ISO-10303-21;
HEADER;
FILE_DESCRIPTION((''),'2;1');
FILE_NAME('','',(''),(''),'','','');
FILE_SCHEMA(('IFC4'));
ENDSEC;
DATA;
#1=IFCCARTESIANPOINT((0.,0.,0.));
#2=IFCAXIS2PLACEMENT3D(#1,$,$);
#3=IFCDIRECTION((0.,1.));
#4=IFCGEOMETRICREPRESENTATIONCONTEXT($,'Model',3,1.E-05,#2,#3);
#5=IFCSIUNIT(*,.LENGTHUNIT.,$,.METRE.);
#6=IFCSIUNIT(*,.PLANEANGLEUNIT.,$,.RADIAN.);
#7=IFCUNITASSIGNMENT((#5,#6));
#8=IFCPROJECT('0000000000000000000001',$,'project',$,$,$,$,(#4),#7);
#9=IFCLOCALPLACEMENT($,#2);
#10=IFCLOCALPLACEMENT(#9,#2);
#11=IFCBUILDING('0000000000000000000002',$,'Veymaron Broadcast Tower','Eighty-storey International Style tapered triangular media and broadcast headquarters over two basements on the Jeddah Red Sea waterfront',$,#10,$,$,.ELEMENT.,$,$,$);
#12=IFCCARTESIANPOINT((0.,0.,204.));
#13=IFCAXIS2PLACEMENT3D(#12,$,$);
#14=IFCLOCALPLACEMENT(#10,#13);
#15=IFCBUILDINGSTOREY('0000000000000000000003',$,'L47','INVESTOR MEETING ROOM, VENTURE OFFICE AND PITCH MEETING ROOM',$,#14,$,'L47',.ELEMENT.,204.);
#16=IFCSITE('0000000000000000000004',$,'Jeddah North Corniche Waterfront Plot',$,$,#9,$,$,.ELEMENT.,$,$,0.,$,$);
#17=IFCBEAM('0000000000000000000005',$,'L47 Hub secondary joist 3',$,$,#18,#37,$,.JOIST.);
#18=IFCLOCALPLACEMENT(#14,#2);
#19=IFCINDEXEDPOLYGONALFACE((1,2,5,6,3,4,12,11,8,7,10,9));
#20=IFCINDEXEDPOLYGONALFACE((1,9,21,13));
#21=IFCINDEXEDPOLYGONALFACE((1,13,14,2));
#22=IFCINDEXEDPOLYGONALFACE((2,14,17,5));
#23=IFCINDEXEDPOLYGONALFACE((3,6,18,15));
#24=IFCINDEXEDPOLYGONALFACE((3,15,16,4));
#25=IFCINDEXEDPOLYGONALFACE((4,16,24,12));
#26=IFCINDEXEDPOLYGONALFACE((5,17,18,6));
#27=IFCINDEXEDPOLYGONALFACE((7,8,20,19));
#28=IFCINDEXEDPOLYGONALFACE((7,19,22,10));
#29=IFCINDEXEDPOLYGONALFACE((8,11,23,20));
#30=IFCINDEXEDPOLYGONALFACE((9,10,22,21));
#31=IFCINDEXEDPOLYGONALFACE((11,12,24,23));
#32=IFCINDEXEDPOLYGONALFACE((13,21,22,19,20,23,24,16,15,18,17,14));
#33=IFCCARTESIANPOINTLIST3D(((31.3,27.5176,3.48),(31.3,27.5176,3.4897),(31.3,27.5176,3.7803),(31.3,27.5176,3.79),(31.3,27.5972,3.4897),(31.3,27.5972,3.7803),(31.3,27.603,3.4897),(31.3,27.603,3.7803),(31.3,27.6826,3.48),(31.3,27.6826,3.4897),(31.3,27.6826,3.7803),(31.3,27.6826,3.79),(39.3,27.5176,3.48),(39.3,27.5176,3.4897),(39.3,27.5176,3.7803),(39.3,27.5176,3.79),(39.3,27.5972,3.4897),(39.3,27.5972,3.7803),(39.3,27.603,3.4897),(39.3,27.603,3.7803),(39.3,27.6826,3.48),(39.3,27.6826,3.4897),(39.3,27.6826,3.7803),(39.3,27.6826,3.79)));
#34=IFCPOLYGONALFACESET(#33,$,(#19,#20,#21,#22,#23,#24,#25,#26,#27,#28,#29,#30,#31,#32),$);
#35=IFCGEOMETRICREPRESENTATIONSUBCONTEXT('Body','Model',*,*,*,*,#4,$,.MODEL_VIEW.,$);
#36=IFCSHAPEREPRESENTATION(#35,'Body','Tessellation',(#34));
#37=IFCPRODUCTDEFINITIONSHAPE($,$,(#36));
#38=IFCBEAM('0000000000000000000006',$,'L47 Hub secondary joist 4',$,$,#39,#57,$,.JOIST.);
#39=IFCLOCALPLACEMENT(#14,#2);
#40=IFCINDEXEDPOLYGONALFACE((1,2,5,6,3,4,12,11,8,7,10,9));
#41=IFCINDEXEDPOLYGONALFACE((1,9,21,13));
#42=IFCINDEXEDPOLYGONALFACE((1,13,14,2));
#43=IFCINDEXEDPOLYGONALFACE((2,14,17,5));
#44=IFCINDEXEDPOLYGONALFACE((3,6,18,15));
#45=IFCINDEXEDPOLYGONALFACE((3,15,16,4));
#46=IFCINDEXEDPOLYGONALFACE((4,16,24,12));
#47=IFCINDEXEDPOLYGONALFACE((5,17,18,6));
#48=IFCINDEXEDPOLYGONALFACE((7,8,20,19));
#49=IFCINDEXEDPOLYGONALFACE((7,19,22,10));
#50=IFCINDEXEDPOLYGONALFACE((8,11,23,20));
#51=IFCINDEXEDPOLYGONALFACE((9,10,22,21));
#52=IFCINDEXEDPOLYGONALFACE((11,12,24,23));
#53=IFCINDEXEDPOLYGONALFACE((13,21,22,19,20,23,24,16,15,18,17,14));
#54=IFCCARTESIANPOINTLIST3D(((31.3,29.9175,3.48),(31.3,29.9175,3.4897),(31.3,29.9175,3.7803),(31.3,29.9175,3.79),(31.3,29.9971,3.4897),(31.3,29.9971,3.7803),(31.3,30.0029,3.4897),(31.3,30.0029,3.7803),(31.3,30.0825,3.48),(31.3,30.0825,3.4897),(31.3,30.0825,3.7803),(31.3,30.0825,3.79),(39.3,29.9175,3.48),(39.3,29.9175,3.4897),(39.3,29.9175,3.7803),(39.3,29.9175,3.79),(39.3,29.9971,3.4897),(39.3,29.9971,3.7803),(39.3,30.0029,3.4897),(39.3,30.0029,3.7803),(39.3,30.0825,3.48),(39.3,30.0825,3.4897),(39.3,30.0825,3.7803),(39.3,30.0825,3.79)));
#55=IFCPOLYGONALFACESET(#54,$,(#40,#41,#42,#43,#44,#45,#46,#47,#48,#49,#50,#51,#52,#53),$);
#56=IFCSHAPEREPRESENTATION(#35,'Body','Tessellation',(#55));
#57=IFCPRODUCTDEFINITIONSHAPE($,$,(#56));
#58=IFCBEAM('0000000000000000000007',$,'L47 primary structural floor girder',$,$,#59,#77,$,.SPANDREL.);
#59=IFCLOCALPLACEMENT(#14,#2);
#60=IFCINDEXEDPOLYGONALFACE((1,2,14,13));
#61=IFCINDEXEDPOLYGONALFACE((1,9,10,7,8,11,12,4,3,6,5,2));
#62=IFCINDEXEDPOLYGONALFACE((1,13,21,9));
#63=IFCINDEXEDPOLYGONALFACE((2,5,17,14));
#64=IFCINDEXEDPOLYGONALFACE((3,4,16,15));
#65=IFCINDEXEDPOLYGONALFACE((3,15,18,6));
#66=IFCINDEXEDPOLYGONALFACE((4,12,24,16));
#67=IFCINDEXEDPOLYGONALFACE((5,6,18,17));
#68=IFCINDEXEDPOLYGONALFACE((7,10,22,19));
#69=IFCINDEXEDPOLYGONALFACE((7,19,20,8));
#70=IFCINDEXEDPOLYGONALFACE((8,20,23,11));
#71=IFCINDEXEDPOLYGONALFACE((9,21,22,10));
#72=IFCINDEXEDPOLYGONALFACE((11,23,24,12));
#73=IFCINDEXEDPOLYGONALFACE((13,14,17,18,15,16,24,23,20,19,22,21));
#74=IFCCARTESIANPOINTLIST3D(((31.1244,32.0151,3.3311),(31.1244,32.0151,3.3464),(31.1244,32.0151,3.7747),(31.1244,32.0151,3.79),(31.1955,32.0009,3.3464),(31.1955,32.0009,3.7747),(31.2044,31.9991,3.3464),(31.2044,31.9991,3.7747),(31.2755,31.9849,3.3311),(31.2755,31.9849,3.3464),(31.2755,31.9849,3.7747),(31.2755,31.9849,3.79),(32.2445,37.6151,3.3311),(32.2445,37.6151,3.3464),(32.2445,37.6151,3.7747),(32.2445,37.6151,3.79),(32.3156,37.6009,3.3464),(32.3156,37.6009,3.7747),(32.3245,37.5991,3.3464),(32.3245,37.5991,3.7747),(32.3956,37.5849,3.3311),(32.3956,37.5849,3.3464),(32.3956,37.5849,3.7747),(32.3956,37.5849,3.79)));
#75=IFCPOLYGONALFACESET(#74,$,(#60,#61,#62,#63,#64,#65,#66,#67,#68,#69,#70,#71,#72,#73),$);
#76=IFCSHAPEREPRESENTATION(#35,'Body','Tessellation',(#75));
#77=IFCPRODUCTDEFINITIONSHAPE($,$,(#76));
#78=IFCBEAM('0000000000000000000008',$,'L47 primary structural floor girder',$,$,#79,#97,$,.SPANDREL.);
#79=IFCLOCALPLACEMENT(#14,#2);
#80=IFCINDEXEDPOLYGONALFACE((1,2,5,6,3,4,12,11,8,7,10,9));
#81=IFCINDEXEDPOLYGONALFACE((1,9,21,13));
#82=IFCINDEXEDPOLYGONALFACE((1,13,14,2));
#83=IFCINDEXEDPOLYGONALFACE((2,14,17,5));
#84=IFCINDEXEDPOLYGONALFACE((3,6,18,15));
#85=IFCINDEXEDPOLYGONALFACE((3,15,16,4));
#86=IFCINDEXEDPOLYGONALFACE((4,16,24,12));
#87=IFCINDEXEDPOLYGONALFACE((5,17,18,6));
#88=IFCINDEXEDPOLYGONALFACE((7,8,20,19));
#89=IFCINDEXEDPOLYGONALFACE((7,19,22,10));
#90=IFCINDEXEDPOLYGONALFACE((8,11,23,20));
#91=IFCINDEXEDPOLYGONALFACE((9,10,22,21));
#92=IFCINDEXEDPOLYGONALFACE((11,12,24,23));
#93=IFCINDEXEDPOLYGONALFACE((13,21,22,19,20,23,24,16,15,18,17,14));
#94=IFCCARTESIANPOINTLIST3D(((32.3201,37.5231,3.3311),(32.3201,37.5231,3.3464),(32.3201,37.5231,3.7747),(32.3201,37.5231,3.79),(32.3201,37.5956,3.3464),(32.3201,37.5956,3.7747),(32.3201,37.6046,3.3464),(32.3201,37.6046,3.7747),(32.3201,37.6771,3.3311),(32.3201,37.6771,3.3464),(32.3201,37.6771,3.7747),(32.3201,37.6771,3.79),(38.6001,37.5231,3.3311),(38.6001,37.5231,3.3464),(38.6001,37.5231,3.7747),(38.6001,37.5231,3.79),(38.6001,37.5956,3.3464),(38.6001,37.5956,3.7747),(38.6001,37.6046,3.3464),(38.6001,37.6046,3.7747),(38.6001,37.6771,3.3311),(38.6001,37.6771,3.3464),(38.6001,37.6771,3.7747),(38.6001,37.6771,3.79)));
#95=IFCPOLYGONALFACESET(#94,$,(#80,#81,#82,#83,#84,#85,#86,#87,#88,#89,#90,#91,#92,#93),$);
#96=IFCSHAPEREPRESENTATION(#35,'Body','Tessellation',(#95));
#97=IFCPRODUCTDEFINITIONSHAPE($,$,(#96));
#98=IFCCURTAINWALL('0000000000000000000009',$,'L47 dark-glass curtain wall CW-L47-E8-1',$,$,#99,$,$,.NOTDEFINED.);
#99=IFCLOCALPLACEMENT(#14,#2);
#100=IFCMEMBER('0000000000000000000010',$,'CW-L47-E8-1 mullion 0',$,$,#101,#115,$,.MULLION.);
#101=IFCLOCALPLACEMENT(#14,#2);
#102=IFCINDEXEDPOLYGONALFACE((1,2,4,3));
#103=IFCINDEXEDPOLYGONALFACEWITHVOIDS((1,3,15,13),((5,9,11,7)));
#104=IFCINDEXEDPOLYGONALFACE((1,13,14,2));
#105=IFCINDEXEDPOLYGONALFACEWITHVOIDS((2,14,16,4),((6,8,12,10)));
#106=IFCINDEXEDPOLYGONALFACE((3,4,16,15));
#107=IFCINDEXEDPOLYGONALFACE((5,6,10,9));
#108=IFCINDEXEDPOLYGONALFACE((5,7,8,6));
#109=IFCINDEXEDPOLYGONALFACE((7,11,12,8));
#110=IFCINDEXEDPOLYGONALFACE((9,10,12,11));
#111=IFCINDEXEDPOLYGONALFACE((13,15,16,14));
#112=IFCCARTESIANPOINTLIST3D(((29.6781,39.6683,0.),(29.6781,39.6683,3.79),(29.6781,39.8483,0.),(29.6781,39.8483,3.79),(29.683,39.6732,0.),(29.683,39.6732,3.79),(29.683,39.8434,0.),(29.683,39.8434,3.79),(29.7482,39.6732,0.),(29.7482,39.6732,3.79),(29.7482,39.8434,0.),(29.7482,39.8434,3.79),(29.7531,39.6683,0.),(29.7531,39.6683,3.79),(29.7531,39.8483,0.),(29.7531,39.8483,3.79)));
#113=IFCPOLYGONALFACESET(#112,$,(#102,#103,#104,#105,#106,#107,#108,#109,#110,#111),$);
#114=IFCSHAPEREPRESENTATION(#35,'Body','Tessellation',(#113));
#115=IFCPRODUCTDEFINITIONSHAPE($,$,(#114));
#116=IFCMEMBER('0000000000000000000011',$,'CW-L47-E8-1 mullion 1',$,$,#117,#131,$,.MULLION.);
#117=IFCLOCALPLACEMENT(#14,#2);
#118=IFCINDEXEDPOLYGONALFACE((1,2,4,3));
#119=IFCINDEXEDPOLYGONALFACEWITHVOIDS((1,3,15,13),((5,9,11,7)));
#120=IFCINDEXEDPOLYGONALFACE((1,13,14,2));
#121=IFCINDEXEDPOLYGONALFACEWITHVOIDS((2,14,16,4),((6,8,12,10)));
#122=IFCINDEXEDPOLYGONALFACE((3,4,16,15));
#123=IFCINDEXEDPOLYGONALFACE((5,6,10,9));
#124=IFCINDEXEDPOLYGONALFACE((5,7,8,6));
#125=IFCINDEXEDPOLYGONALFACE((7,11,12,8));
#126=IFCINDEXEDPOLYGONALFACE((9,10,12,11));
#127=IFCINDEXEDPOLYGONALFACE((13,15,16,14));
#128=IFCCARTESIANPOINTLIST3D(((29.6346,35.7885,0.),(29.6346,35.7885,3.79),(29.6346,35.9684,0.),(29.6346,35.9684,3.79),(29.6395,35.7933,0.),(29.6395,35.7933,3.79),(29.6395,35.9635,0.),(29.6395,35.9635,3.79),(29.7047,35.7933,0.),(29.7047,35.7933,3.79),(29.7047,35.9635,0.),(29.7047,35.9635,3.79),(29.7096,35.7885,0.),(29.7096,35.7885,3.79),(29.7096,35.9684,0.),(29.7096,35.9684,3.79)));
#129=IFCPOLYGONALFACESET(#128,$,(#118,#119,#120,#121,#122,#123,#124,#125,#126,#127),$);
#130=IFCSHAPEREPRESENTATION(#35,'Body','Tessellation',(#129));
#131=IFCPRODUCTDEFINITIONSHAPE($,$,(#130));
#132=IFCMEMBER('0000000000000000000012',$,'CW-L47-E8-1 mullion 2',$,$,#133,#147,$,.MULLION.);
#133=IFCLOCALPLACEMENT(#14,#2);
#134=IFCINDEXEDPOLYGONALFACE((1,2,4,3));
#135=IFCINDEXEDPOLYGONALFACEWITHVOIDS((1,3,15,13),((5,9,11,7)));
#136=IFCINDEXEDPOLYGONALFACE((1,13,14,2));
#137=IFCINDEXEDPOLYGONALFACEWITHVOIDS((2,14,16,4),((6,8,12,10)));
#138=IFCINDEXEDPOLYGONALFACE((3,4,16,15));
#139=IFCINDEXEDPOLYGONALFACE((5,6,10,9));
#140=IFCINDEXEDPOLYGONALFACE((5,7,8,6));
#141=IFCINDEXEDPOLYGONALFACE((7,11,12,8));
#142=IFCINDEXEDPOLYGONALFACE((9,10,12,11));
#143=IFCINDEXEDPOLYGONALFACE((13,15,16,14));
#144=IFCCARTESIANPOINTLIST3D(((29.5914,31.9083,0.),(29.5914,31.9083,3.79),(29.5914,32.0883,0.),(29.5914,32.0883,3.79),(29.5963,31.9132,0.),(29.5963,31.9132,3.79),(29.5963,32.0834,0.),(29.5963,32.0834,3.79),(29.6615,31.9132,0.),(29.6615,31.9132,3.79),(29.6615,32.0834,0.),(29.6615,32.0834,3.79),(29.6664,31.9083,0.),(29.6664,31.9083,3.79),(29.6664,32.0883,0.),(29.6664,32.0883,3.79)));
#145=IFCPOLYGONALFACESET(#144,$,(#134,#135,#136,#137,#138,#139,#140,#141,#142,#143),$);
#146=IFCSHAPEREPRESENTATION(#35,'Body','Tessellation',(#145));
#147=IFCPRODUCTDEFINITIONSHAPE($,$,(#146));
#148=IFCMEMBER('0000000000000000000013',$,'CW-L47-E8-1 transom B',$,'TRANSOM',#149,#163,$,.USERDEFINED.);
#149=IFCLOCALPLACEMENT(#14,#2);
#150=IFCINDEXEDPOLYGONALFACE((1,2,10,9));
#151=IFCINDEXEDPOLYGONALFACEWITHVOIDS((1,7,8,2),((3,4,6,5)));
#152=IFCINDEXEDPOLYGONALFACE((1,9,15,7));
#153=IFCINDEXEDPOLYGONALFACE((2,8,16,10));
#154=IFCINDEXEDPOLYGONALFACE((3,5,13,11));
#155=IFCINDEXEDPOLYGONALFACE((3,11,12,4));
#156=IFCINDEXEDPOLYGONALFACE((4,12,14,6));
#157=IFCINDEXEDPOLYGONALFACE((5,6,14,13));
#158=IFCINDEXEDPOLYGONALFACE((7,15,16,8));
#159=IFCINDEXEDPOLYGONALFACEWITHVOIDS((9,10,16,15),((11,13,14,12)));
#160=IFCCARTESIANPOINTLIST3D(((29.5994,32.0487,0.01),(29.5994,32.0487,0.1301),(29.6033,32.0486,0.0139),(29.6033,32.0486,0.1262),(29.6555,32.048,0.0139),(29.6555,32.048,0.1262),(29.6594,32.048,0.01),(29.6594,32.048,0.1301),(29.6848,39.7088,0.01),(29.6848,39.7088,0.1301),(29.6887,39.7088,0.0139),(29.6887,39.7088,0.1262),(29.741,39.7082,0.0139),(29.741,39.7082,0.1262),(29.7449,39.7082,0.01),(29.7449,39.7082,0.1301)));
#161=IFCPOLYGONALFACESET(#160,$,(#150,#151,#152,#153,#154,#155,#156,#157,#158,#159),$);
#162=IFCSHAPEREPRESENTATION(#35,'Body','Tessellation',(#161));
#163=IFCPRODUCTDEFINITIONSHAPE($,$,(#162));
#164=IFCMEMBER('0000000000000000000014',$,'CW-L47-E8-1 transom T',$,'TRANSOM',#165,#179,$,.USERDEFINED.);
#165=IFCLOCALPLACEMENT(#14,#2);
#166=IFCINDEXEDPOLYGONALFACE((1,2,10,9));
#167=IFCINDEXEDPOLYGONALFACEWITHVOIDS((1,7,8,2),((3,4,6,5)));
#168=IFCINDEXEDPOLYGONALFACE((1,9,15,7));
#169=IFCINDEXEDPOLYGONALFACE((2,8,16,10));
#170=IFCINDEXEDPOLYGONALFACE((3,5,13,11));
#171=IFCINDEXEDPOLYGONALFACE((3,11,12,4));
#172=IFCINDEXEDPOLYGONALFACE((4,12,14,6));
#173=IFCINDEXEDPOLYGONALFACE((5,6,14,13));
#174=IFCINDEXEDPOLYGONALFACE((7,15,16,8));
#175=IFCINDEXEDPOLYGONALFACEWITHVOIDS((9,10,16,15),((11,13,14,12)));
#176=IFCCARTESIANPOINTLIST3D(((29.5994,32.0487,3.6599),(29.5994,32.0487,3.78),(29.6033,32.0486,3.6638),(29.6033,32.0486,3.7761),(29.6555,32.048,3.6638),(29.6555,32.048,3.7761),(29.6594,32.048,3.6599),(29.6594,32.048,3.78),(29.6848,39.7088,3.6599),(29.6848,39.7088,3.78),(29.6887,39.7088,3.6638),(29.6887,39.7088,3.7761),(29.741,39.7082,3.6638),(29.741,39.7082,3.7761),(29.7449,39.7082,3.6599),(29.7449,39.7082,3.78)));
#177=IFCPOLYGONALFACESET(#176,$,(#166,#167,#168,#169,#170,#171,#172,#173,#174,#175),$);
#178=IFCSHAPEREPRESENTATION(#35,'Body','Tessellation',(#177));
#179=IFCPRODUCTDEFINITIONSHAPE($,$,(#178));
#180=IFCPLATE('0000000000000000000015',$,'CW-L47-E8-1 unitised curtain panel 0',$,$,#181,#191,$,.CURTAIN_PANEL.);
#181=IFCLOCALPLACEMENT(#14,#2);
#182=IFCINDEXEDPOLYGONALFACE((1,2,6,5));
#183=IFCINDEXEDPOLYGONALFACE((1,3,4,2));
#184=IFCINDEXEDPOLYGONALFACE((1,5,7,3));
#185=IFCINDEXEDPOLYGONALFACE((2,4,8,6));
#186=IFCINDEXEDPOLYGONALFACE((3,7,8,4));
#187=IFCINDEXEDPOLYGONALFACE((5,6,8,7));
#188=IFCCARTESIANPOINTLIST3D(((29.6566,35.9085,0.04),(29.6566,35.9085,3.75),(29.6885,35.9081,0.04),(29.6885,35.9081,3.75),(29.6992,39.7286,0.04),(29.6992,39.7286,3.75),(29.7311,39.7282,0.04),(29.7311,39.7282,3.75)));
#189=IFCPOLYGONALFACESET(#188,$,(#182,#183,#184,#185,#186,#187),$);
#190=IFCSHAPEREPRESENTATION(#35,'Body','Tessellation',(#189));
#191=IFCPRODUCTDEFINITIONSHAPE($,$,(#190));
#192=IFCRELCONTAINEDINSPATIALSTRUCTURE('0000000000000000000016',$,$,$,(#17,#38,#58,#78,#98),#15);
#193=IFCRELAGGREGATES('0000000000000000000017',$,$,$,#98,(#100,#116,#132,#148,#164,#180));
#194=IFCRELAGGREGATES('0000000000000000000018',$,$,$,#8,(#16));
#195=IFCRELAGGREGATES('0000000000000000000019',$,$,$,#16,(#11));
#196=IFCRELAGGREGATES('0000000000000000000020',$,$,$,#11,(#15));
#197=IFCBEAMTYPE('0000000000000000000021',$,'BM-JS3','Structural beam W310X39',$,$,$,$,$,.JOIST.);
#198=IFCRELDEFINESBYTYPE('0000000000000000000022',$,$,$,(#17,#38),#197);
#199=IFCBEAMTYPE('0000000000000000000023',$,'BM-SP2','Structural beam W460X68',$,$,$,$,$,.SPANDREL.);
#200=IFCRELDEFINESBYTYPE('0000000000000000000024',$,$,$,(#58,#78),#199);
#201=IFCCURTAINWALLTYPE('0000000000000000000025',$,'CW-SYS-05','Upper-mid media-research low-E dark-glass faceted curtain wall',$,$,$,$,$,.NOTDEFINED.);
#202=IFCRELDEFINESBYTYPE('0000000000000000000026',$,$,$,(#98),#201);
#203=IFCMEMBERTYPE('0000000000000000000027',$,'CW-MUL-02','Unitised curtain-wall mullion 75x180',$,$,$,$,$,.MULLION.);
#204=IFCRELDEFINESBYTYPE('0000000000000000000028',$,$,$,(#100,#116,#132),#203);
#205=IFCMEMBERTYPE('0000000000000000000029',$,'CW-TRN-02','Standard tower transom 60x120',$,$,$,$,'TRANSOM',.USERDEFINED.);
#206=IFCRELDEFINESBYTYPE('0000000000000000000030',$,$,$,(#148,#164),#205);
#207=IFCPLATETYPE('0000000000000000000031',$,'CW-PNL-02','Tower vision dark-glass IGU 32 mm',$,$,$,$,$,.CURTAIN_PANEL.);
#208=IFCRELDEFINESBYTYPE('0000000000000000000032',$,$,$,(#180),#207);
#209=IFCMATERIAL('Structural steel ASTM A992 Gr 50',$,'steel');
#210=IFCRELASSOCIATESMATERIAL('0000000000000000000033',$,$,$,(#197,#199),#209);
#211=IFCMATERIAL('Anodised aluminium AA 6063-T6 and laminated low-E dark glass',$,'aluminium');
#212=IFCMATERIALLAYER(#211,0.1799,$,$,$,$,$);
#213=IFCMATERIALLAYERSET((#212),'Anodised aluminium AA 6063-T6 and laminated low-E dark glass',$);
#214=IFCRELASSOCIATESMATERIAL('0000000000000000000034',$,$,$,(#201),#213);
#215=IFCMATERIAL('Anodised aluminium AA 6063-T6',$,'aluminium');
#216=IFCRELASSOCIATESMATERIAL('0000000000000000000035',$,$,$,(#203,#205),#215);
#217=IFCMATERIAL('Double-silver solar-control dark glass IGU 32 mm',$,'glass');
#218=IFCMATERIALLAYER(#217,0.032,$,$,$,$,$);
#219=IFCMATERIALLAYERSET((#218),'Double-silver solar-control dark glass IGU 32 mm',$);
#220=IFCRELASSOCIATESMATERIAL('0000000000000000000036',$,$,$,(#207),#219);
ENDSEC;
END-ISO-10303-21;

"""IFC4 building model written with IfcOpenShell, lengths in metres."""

from ifc_helpers import new_model, si_unit, direction, frame, origin, origin_2d, place, context, subcontext, project, spatial, rectangle, hollow_rectangle, i_section, extrude, material, layer, layer_set, material_profile, profile_set, type_object, element, aggregate, save


model = new_model("IFC4")

# Units and contexts
model_context = context("Model", 3, precision=1e-05, world=origin(), true_north=direction((0.0, 1.0)))
body_context = subcontext(model_context, "Body", "Model", "MODEL_VIEW")
ifc_project = project(units=[si_unit("LENGTHUNIT", "METRE"), si_unit("PLANEANGLEUNIT", "RADIAN")], contexts=[model_context])

# Site, building, storey
site_placement = place(None, origin())
site = spatial("IfcSite", under=ifc_project, at=site_placement, Name="Jeddah North Corniche Waterfront Plot", CompositionType="ELEMENT", RefElevation=0.0)
building_placement = place(site_placement, origin())
building = spatial("IfcBuilding", under=site, at=building_placement, Name="Veymaron Broadcast Tower", Description="Eighty-storey International Style tapered triangular media and broadcast headquarters over two basements on the Jeddah Red Sea waterfront", CompositionType="ELEMENT")
storey_placement = place(building_placement, frame((0.0, 0.0, 204.0)))
storey = spatial("IfcBuildingStorey", under=building, at=storey_placement, Name="L47", Description="INVESTOR MEETING ROOM, VENTURE OFFICE AND PITCH MEETING ROOM", LongName="L47", CompositionType="ELEMENT", Elevation=204.0)

# Shared definitions
ifc_material_1 = material(Name="Structural steel ASTM A992 Gr 50", Category="steel")

# Beams
ifc_material_profile_1 = material_profile(ifc_material_1, i_section(OverallWidth=0.165, OverallDepth=0.3101, WebThickness=0.0059, FlangeThickness=0.0098, at=origin_2d()), Name="W310X39")
ifc_profile_set_1 = profile_set([ifc_material_profile_1], Name="Structural steel ASTM A992 Gr 50")
beam_type_1 = type_object("IfcBeamType", Name="BM-JS3", Description="Structural beam W310X39", PredefinedType="JOIST", material=ifc_profile_set_1)
for number, where, z_axis, x_axis, name in (
    (1, (31.3, 27.6001, 3.635), (1.0, 0.0, 0.0), (0.0, 1.0, 0.0), "L47 Hub secondary joist 3"),
    (2, (31.3, 30.0, 3.635), (1.0, 0.0, 0.0), (0.0, 1.0, 0.0), "L47 Hub secondary joist 4"),
):
    element("IfcBeam", number, at=place(storey_placement, frame(where, z_axis=z_axis, x_axis=x_axis)), inside=storey, type_object=beam_type_1, Name=name, PredefinedType="JOIST", context=body_context, shape_type="SweptSolid", body=[
        extrude(i_section(OverallWidth=0.165, OverallDepth=0.3101, WebThickness=0.0059, FlangeThickness=0.0098, at=origin_2d()), origin(), (0.0, 0.0, 1.0), 8.0),
    ])
ifc_material_profile_2 = material_profile(ifc_material_1, i_section(OverallWidth=0.1541, OverallDepth=0.459, WebThickness=0.009, FlangeThickness=0.0154, at=origin_2d()), Name="W460X68")
ifc_profile_set_2 = profile_set([ifc_material_profile_2], Name="Structural steel ASTM A992 Gr 50")
beam_type_2 = type_object("IfcBeamType", Name="BM-SP2", Description="Structural beam W460X68", PredefinedType="SPANDREL", material=ifc_profile_set_2)
beam_1_placement = place(storey_placement, frame((31.2, 32.0, 3.5605), z_axis=(0.196133, 0.980577, 0.0), x_axis=(-0.980577, 0.196133, 0.0)))
element("IfcBeam", 3, at=beam_1_placement, inside=storey, type_object=beam_type_2, Name="L47 primary structural floor girder", PredefinedType="SPANDREL", context=body_context, shape_type="SweptSolid", body=[
    extrude(i_section(OverallWidth=0.1541, OverallDepth=0.459, WebThickness=0.009, FlangeThickness=0.0154, at=origin_2d()), origin(), (0.0, 0.0, 1.0), 5.7109),
])
beam_2_placement = place(storey_placement, frame((32.3201, 37.6001, 3.5605), z_axis=(1.0, 0.0, 0.0), x_axis=(0.0, 1.0, 0.0)))
element("IfcBeam", 4, at=beam_2_placement, inside=storey, type_object=beam_type_2, Name="L47 primary structural floor girder", PredefinedType="SPANDREL", context=body_context, shape_type="SweptSolid", body=[
    extrude(i_section(OverallWidth=0.1541, OverallDepth=0.459, WebThickness=0.009, FlangeThickness=0.0154, at=origin_2d()), origin(), (0.0, 0.0, 1.0), 6.28),
])

# Curtain wall, members, plate
ifc_material_2 = material(Name="Anodised aluminium AA 6063-T6 and laminated low-E dark glass", Category="aluminium")
ifc_layer_1 = layer(ifc_material_2, 0.1799)
ifc_layer_set_1 = layer_set([ifc_layer_1], Name="Anodised aluminium AA 6063-T6 and laminated low-E dark glass")
curtain_wall_type = type_object("IfcCurtainWallType", Name="CW-SYS-05", Description="Upper-mid media-research low-E dark-glass faceted curtain wall", PredefinedType="NOTDEFINED", material=ifc_layer_set_1)
curtain_wall_placement = place(storey_placement, origin())
curtain_wall = element("IfcCurtainWall", 5, at=curtain_wall_placement, inside=storey, type_object=curtain_wall_type, Name="L47 dark-glass curtain wall CW-L47-E8-1", PredefinedType="NOTDEFINED")
ifc_material_3 = material(Name="Anodised aluminium AA 6063-T6", Category="aluminium")
ifc_material_profile_3 = material_profile(ifc_material_3, hollow_rectangle(XDim=0.075, YDim=0.1799, WallThickness=0.0049, at=origin_2d()), Name="AL180X75X5")
ifc_profile_set_3 = profile_set([ifc_material_profile_3], Name="Anodised aluminium AA 6063-T6")
member_type_1 = type_object("IfcMemberType", Name="CW-MUL-02", Description="Unitised curtain-wall mullion 75x180", PredefinedType="MULLION", material=ifc_profile_set_3)
member_1_placement = place(storey_placement, frame((29.7156, 39.7583, 0.0), z_axis=(0.0, 0.0, 1.0), x_axis=(1.0, 0.0, 0.0)))
member_1 = element("IfcMember", 6, at=member_1_placement, type_object=member_type_1, Name="CW-L47-E8-1 mullion 0", PredefinedType="MULLION", context=body_context, shape_type="SweptSolid", body=[
    extrude(hollow_rectangle(XDim=0.075, YDim=0.1799, WallThickness=0.0049, at=origin_2d()), origin(), (0.0, 0.0, 1.0), 3.79),
])
member_2_placement = place(storey_placement, frame((29.6721, 35.8784, 0.0), z_axis=(0.0, 0.0, 1.0), x_axis=(1.0, 0.0, 0.0)))
member_2 = element("IfcMember", 7, at=member_2_placement, type_object=member_type_1, Name="CW-L47-E8-1 mullion 1", PredefinedType="MULLION", context=body_context, shape_type="SweptSolid", body=[
    extrude(hollow_rectangle(XDim=0.075, YDim=0.1799, WallThickness=0.0049, at=origin_2d()), origin(), (0.0, 0.0, 1.0), 3.79),
])
member_3_placement = place(storey_placement, frame((29.6289, 31.9983, 0.0), z_axis=(0.0, 0.0, 1.0), x_axis=(1.0, 0.0, 0.0)))
member_3 = element("IfcMember", 8, at=member_3_placement, type_object=member_type_1, Name="CW-L47-E8-1 mullion 2", PredefinedType="MULLION", context=body_context, shape_type="SweptSolid", body=[
    extrude(hollow_rectangle(XDim=0.075, YDim=0.1799, WallThickness=0.0049, at=origin_2d()), origin(), (0.0, 0.0, 1.0), 3.79),
])
ifc_material_profile_4 = material_profile(ifc_material_3, hollow_rectangle(XDim=0.0601, YDim=0.1201, WallThickness=0.0039, at=origin_2d()), Name="AL120X60X4")
ifc_profile_set_4 = profile_set([ifc_material_profile_4], Name="Anodised aluminium AA 6063-T6")
member_type_2 = type_object("IfcMemberType", Name="CW-TRN-02", Description="Standard tower transom 60x120", ElementType="TRANSOM", PredefinedType="USERDEFINED", material=ifc_profile_set_4)
member_4_placement = place(storey_placement, frame((29.7148, 39.7085, 0.0701), z_axis=(-0.011154, -0.999938, 0.0), x_axis=(0.999938, -0.011154, 0.0)))
member_4 = element("IfcMember", 9, at=member_4_placement, type_object=member_type_2, Name="CW-L47-E8-1 transom B", ObjectType="TRANSOM", PredefinedType="USERDEFINED", context=body_context, shape_type="SweptSolid", body=[
    extrude(hollow_rectangle(XDim=0.0601, YDim=0.1201, WallThickness=0.0039, at=origin_2d()), origin(), (0.0, 0.0, 1.0), 7.6606),
])
member_5_placement = place(storey_placement, frame((29.7148, 39.7085, 3.72), z_axis=(-0.011154, -0.999938, 0.0), x_axis=(0.999938, -0.011154, 0.0)))
member_5 = element("IfcMember", 10, at=member_5_placement, type_object=member_type_2, Name="CW-L47-E8-1 transom T", ObjectType="TRANSOM", PredefinedType="USERDEFINED", context=body_context, shape_type="SweptSolid", body=[
    extrude(hollow_rectangle(XDim=0.0601, YDim=0.1201, WallThickness=0.0039, at=origin_2d()), origin(), (0.0, 0.0, 1.0), 7.6606),
])
ifc_material_4 = material(Name="Double-silver solar-control dark glass IGU 32 mm", Category="glass")
ifc_layer_2 = layer(ifc_material_4, 0.032)
ifc_layer_set_2 = layer_set([ifc_layer_2], Name="Double-silver solar-control dark glass IGU 32 mm")
plate_type = type_object("IfcPlateType", Name="CW-PNL-02", Description="Tower vision dark-glass IGU 32 mm", PredefinedType="CURTAIN_PANEL", material=ifc_layer_set_2)
plate_1_placement = place(storey_placement, frame((29.6938, 37.8184, 0.04), z_axis=(0.0, 0.0, 1.0), x_axis=(-0.011152, -0.999938, 0.0)))
plate_1 = element("IfcPlate", 11, at=plate_1_placement, type_object=plate_type, Name="CW-L47-E8-1 unitised curtain panel 0", PredefinedType="CURTAIN_PANEL", context=body_context, shape_type="SweptSolid", body=[
    extrude(rectangle(XDim=3.8203, YDim=0.032, at=origin_2d()), origin(), (0.0, 0.0, 1.0), 3.71),
])
aggregate(curtain_wall, [member_1, member_2, member_3, member_4, member_5, plate_1])

save(model, "model.ifc")
